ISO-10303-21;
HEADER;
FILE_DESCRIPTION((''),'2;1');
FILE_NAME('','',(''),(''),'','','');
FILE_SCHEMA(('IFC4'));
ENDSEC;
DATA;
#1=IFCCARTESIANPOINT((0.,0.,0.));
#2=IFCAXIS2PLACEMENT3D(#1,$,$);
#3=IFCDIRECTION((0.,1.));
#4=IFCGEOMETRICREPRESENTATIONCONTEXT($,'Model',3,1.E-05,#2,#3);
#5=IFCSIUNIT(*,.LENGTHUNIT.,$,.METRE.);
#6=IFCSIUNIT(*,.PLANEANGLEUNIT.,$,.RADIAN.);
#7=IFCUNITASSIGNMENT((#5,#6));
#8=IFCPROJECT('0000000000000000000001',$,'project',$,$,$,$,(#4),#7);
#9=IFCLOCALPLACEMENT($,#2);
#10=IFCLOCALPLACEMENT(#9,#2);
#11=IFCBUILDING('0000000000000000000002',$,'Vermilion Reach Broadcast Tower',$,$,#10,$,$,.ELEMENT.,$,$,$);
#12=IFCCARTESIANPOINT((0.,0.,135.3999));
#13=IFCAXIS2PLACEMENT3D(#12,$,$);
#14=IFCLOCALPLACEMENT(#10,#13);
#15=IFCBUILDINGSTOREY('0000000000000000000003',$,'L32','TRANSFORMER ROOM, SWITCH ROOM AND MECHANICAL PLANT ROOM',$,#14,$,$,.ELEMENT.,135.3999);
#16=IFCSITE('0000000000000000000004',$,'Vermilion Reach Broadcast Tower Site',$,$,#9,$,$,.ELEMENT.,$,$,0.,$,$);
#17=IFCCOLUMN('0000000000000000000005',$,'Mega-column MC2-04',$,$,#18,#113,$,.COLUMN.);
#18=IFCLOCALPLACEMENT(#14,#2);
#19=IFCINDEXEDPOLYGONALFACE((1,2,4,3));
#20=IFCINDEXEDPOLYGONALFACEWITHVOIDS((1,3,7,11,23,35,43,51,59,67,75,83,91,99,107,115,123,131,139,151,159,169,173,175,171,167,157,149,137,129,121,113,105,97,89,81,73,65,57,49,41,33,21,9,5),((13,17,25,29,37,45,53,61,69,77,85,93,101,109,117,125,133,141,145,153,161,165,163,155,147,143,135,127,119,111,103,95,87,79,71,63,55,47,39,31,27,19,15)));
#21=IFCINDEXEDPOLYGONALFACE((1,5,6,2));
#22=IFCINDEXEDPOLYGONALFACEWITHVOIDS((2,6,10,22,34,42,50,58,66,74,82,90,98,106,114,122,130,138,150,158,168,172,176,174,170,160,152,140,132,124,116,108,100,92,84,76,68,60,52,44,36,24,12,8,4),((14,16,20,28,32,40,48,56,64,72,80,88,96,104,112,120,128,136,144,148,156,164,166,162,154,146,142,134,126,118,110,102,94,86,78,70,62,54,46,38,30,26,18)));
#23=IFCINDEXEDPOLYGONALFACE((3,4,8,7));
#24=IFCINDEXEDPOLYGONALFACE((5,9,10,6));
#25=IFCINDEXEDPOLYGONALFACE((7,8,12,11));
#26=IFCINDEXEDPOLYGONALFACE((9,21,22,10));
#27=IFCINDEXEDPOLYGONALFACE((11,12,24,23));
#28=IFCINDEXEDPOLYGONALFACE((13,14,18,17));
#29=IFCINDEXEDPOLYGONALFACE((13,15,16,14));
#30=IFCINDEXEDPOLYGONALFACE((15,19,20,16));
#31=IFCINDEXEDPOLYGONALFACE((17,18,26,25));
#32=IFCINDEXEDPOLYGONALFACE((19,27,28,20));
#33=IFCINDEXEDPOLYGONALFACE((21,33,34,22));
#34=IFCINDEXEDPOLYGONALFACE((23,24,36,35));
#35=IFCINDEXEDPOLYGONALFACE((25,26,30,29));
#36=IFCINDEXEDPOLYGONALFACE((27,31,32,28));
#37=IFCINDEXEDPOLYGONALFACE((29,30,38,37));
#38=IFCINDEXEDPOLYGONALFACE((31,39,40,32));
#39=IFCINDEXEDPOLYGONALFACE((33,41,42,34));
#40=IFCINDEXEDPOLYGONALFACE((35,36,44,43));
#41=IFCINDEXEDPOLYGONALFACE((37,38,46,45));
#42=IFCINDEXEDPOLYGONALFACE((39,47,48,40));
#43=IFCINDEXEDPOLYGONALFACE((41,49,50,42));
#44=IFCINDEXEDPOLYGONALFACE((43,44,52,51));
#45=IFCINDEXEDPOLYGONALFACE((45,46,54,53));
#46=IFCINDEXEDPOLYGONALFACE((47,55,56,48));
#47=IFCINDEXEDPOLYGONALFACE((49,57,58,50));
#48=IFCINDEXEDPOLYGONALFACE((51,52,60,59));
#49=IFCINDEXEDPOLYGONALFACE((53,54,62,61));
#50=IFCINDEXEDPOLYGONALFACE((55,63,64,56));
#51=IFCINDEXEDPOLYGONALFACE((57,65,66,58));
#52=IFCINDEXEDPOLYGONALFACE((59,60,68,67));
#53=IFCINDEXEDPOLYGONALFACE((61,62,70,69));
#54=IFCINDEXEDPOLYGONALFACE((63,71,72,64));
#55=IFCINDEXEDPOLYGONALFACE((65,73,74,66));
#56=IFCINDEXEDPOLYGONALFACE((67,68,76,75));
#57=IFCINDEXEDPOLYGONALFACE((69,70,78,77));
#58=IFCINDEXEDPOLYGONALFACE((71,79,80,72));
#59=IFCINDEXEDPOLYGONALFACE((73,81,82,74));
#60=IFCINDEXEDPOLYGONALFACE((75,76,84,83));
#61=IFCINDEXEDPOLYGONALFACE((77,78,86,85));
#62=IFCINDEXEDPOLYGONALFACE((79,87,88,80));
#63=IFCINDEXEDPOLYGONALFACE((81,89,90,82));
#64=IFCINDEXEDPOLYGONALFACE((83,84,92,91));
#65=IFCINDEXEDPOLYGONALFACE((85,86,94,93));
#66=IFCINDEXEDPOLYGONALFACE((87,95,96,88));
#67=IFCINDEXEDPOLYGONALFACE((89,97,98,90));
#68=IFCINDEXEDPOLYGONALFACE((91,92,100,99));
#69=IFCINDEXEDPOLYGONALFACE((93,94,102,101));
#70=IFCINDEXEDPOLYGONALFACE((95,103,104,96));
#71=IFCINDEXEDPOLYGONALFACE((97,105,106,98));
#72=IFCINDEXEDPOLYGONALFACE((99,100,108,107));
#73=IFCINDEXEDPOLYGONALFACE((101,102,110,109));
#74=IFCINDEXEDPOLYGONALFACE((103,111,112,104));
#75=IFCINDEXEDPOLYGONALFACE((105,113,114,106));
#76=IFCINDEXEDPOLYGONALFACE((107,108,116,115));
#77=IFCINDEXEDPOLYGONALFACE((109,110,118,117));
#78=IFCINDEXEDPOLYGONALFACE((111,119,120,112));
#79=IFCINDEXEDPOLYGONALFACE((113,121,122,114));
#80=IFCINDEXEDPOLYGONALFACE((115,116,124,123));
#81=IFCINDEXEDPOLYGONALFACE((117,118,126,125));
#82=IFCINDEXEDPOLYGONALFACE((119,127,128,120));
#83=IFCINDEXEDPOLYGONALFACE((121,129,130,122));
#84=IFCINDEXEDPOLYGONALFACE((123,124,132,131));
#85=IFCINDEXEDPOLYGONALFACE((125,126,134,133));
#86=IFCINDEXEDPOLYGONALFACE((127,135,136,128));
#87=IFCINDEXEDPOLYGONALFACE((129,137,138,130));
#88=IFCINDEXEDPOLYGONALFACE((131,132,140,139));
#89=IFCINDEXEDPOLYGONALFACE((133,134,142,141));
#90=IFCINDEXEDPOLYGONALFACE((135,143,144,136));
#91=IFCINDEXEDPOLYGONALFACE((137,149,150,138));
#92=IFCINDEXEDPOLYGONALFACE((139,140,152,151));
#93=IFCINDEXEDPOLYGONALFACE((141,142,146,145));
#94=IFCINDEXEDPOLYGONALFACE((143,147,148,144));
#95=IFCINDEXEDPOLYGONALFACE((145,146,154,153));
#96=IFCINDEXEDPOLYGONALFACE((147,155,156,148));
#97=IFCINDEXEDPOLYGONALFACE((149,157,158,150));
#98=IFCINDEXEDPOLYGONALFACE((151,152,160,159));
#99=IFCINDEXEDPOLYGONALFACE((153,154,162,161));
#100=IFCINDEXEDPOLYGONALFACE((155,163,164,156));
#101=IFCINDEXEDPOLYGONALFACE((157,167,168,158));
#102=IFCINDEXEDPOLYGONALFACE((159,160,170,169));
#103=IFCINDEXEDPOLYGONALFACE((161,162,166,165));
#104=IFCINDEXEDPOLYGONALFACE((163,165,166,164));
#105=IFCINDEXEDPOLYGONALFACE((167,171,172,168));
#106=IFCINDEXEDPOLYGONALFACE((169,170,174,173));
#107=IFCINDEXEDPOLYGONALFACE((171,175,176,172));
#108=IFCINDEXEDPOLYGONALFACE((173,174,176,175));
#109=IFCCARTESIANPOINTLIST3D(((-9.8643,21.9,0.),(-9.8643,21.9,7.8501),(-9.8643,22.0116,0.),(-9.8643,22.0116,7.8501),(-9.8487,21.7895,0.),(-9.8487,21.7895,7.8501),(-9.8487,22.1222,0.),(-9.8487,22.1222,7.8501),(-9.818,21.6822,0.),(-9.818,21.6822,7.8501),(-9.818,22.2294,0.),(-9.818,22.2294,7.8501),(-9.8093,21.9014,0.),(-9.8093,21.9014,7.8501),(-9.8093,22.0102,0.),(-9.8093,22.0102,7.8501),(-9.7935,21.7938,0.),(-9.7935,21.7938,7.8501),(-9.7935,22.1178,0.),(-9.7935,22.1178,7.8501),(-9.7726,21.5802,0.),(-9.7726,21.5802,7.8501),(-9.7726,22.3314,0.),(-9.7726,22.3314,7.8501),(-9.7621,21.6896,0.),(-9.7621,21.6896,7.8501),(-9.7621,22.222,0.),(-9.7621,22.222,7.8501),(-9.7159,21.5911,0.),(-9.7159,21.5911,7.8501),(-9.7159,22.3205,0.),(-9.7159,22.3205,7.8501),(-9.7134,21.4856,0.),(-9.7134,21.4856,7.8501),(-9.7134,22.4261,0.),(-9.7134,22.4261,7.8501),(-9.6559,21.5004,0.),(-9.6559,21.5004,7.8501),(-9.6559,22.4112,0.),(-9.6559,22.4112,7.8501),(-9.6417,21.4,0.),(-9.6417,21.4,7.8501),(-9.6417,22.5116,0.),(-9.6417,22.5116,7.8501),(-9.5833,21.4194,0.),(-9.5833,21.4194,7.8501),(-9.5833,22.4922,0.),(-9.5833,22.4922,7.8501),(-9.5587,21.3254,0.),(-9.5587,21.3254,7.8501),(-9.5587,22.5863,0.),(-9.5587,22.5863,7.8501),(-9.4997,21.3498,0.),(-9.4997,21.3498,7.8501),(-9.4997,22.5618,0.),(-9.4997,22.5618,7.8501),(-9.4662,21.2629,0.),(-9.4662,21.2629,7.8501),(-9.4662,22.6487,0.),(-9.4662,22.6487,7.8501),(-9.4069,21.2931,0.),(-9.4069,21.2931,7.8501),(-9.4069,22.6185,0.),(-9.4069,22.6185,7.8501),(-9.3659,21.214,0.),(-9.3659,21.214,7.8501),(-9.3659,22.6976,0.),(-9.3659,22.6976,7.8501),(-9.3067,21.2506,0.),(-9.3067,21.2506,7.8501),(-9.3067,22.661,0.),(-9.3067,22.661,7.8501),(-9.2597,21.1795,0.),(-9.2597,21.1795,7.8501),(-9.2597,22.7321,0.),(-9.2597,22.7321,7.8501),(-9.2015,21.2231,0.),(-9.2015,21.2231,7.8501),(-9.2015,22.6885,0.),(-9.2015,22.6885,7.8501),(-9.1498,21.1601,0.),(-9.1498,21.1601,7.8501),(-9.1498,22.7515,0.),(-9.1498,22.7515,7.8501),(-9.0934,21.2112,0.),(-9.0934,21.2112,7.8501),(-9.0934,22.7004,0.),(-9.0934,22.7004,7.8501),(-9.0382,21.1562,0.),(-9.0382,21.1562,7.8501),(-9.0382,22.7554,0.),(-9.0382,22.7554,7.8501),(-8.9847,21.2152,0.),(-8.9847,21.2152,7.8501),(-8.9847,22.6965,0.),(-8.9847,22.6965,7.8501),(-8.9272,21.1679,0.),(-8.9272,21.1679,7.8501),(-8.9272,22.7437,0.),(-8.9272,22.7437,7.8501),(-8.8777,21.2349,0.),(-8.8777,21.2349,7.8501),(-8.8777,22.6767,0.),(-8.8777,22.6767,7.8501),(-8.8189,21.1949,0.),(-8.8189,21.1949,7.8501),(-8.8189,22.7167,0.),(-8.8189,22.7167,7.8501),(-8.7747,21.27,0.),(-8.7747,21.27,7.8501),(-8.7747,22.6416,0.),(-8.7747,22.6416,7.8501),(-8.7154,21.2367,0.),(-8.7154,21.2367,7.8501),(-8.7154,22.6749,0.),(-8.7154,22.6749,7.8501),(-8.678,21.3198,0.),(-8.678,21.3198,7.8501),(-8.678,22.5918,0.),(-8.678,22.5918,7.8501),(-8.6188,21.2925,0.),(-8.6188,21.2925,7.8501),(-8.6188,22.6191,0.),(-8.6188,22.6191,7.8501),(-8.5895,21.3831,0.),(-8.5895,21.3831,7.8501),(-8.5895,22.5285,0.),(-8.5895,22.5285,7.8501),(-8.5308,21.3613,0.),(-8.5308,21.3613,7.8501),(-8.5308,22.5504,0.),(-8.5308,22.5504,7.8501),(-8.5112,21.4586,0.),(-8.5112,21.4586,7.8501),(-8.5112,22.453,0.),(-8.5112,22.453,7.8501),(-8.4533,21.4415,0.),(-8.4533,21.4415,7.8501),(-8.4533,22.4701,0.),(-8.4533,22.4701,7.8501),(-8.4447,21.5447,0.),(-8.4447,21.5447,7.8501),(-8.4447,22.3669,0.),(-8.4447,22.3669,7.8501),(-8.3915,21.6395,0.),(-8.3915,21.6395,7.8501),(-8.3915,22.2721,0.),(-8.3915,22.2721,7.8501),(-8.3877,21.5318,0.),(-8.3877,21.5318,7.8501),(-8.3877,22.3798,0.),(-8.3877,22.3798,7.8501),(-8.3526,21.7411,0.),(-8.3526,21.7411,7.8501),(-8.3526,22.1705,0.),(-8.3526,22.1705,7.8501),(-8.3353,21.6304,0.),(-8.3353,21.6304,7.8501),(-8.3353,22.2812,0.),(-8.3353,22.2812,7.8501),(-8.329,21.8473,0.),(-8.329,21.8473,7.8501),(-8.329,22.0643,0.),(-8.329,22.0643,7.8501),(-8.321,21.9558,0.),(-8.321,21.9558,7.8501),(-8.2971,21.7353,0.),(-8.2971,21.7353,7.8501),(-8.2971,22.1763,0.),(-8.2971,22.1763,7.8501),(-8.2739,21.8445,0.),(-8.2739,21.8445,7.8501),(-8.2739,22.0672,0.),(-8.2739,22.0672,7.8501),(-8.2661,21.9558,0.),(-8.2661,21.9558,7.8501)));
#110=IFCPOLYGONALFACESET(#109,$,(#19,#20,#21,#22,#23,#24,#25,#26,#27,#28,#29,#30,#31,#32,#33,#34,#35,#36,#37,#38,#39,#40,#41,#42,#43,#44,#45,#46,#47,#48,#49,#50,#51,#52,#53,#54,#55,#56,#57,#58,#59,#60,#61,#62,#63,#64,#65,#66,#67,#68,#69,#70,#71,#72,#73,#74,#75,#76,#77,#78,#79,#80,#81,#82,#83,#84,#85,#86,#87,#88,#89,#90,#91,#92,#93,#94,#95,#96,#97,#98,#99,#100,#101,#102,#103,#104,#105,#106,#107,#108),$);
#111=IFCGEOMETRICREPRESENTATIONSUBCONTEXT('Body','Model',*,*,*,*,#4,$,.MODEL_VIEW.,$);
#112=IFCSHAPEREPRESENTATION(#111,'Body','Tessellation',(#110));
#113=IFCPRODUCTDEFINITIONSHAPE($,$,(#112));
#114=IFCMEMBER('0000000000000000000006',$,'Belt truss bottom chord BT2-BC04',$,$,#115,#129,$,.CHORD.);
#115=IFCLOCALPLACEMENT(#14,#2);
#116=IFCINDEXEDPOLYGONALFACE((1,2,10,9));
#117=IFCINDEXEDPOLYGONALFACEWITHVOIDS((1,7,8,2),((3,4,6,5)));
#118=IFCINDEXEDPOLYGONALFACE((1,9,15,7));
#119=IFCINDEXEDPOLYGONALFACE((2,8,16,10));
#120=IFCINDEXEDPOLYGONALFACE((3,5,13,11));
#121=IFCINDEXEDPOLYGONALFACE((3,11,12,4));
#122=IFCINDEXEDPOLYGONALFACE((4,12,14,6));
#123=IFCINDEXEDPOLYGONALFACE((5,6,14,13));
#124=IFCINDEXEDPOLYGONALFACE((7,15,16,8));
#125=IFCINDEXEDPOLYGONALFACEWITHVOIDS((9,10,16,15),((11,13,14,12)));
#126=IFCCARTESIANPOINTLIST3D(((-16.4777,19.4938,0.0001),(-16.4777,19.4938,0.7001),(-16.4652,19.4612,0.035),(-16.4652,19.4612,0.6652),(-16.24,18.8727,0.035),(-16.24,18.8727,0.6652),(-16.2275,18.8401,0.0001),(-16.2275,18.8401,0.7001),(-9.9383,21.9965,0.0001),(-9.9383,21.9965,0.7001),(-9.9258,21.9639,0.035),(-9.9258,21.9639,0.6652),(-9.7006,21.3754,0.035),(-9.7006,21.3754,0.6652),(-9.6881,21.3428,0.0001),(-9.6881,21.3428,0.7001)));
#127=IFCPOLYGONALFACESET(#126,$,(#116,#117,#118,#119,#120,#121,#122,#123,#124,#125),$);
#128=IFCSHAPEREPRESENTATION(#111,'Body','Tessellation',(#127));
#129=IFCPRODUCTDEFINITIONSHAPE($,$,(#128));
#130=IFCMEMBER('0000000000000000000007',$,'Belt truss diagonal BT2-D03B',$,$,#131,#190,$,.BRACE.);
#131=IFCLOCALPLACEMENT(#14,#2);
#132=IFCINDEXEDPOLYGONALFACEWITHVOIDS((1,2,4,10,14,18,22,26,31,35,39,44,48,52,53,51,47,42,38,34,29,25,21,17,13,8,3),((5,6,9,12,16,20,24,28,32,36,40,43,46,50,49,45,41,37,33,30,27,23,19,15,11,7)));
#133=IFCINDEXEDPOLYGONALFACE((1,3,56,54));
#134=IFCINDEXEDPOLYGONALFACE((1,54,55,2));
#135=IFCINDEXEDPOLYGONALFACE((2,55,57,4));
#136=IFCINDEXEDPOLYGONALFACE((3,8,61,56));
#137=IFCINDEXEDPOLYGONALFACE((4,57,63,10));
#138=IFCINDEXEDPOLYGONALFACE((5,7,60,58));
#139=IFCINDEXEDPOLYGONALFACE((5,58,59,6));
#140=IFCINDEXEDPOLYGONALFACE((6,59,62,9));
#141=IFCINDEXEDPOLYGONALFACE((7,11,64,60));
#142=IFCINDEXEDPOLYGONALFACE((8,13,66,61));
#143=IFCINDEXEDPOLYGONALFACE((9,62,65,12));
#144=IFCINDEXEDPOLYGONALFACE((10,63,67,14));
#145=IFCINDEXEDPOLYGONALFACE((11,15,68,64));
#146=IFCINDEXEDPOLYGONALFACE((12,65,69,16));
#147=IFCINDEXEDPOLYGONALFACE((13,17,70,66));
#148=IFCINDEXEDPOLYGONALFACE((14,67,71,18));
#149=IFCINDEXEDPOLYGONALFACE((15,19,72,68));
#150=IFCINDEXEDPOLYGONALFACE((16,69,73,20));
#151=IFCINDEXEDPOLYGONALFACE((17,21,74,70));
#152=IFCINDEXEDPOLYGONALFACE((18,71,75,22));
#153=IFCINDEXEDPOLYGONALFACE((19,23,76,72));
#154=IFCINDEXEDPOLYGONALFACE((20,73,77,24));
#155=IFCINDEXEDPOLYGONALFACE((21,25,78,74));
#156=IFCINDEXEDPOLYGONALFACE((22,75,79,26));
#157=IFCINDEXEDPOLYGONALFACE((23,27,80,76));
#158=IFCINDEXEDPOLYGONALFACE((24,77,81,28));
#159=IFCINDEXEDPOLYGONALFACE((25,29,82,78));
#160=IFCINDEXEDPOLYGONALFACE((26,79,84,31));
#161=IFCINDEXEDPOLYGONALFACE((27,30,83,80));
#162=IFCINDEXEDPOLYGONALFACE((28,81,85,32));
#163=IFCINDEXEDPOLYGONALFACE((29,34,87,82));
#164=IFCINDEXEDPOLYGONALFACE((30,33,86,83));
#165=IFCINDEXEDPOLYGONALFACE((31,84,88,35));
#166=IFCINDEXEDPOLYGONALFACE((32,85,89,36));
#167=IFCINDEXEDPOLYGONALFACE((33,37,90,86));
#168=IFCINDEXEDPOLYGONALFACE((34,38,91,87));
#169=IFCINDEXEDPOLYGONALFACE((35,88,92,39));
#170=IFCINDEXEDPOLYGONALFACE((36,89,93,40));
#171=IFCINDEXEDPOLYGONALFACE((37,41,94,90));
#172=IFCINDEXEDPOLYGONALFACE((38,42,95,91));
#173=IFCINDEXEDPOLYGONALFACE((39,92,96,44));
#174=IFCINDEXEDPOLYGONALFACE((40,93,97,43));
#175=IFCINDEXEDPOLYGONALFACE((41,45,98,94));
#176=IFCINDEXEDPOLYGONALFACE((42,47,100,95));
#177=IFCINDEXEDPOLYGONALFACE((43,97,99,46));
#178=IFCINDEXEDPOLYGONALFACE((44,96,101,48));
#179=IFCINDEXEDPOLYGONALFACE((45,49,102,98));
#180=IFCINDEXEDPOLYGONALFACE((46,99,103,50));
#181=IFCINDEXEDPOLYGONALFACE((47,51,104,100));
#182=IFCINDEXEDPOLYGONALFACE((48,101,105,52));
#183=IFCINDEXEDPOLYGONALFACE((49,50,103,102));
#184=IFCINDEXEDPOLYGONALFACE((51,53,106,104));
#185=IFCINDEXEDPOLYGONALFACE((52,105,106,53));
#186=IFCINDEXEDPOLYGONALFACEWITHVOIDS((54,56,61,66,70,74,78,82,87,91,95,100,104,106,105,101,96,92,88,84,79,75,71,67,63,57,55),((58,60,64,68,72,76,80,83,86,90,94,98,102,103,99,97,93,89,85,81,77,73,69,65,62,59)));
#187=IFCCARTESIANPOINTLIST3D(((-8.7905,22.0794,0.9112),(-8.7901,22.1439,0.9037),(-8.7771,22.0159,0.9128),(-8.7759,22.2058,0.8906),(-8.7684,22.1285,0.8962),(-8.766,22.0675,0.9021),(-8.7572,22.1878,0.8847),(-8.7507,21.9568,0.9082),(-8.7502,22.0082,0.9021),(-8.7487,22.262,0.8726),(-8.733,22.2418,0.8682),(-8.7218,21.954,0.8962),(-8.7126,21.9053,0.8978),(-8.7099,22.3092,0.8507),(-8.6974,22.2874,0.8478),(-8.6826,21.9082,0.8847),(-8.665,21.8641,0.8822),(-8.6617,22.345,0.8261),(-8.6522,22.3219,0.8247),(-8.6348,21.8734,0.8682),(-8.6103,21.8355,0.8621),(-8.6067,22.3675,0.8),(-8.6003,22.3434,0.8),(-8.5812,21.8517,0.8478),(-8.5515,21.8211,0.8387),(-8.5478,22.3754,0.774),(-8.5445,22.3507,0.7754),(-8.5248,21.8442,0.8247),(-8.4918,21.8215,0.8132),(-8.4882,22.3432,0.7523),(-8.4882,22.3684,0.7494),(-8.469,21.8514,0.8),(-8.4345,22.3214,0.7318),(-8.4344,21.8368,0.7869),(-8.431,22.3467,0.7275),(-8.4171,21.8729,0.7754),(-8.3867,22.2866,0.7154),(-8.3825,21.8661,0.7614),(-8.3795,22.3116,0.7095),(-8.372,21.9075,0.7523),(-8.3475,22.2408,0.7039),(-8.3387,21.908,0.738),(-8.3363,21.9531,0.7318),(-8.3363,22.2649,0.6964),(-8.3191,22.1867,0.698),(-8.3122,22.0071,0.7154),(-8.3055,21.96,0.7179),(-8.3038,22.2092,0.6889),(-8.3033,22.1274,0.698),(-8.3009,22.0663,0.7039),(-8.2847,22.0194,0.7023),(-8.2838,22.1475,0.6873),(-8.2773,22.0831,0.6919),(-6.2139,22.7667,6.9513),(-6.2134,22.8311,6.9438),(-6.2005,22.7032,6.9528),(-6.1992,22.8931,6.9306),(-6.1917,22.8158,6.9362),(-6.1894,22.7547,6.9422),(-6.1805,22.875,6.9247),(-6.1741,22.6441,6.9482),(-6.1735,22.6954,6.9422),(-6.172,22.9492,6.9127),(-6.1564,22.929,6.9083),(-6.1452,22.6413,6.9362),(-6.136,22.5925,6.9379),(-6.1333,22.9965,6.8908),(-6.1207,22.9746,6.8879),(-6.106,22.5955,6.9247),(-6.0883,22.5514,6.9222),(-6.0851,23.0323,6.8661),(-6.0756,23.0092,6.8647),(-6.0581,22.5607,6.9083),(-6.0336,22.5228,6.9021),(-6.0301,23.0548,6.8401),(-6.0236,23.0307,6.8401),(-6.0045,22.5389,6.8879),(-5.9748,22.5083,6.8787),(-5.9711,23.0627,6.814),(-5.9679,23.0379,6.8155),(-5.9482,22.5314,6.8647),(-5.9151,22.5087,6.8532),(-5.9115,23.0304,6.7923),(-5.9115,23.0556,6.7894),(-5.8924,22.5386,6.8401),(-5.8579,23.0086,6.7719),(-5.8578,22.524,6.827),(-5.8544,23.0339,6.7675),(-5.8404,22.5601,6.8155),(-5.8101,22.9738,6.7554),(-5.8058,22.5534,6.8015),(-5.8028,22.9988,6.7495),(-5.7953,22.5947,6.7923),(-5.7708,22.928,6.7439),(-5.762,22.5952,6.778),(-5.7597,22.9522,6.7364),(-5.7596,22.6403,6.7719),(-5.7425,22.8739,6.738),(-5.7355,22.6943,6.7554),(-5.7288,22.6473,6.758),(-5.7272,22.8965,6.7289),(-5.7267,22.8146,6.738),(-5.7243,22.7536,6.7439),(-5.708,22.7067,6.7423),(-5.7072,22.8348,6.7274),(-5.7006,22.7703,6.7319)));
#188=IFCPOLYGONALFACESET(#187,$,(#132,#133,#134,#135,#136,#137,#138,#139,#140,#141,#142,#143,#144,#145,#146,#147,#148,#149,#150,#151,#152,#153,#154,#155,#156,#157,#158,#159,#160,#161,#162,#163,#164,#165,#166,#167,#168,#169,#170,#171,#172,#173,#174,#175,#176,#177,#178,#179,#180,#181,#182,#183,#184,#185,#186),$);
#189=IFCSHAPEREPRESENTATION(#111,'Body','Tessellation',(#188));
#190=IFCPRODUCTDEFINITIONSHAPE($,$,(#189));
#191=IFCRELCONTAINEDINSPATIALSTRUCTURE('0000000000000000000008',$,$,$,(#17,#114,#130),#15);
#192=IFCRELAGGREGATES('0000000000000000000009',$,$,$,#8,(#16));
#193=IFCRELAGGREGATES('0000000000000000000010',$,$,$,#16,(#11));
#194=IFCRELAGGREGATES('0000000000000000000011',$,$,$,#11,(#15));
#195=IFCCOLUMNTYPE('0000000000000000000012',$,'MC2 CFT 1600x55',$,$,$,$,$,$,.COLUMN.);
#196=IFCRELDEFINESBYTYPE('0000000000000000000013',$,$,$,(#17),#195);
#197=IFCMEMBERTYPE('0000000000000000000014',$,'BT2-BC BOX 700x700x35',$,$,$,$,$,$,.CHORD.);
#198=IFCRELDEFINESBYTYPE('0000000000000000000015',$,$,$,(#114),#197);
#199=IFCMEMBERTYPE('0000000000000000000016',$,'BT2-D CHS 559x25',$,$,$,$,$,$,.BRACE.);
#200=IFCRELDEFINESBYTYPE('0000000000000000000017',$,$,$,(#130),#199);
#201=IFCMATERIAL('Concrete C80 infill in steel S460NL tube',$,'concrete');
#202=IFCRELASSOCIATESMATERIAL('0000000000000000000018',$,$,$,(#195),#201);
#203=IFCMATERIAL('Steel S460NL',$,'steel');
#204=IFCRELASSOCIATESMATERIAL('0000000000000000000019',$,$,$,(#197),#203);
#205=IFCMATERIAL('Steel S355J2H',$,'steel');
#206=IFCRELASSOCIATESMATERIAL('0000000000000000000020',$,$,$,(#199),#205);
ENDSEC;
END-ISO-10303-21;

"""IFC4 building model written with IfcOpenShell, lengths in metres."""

from ifc_helpers import new_model, si_unit, direction, frame, origin, origin_2d, place, context, subcontext, project, spatial, hollow_rectangle, hollow_circle, extrude, material, material_profile, profile_set, type_object, element, save


model = new_model("IFC4")

# Units and contexts
model_context = context("Model", 3, precision=1e-05, world=origin(), true_north=direction((0.0, 1.0)))
body_context = subcontext(model_context, "Body", "Model", "MODEL_VIEW")
ifc_project = project(units=[si_unit("LENGTHUNIT", "METRE"), si_unit("PLANEANGLEUNIT", "RADIAN")], contexts=[model_context])

# Site, building, storey
site_placement = place(None, origin())
site = spatial("IfcSite", under=ifc_project, at=site_placement, Name="Vermilion Reach Broadcast Tower Site", CompositionType="ELEMENT", RefElevation=0.0)
building_placement = place(site_placement, origin())
building = spatial("IfcBuilding", under=site, at=building_placement, Name="Vermilion Reach Broadcast Tower", CompositionType="ELEMENT")
storey_placement = place(building_placement, frame((0.0, 0.0, 135.3999)))
storey = spatial("IfcBuildingStorey", under=building, at=storey_placement, Name="L32", Description="TRANSFORMER ROOM, SWITCH ROOM AND MECHANICAL PLANT ROOM", CompositionType="ELEMENT", Elevation=135.3999)

# Column
ifc_material_1 = material(Name="Concrete C80 infill in steel S460NL tube", Category="concrete")
ifc_material_profile_1 = material_profile(ifc_material_1, hollow_circle(Radius=0.8, WallThickness=0.0549, at=origin_2d()), Name="Concrete C80 infill in steel S460NL tube CFT 1600x55")
ifc_profile_set_1 = profile_set([ifc_material_profile_1], Name="Concrete C80 infill in steel S460NL tube")
column_type = type_object("IfcColumnType", Name="MC2 CFT 1600x55", PredefinedType="COLUMN", material=ifc_profile_set_1)
column_placement = place(storey_placement, frame((-9.0662, 21.9558, 0.0), z_axis=(0.0, 0.0, 1.0), x_axis=(1.0, 0.0, 0.0)))
element("IfcColumn", 1, at=column_placement, inside=storey, type_object=column_type, Name="Mega-column MC2-04", PredefinedType="COLUMN", context=body_context, shape_type="SweptSolid", body=[
    extrude(hollow_circle(Radius=0.8, WallThickness=0.0549, at=origin_2d()), origin(), (0.0, 0.0, 1.0), 7.8501),
])

# Members
ifc_material_2 = material(Name="Steel S460NL", Category="steel")
ifc_material_profile_2 = material_profile(ifc_material_2, hollow_rectangle(XDim=0.7, YDim=0.7, WallThickness=0.0349, at=origin_2d()), Name="S460NL BOX 700x700x35")
ifc_profile_set_2 = profile_set([ifc_material_profile_2], Name="Steel S460NL")
member_type_1 = type_object("IfcMemberType", Name="BT2-BC BOX 700x700x35", PredefinedType="CHORD", material=ifc_profile_set_2)
member_1_placement = place(storey_placement, frame((-9.8132, 21.6697, 0.3501), z_axis=(-0.933939, -0.357432, 0.0), x_axis=(0.357432, -0.933939, 0.0)))
element("IfcMember", 2, at=member_1_placement, inside=storey, type_object=member_type_1, Name="Belt truss bottom chord BT2-BC04", PredefinedType="CHORD", context=body_context, shape_type="SweptSolid", body=[
    extrude(hollow_rectangle(XDim=0.7, YDim=0.7, WallThickness=0.0349, at=origin_2d()), origin(), (0.0, 0.0, 1.0), 7.002),
])
ifc_material_3 = material(Name="Steel S355J2H", Category="steel")
ifc_material_profile_3 = material_profile(ifc_material_3, hollow_circle(Radius=0.2795, WallThickness=0.0249, at=origin_2d()), Name="S355J2H CHS 559x25")
ifc_profile_set_3 = profile_set([ifc_material_profile_3], Name="Steel S355J2H")
member_type_2 = type_object("IfcMemberType", Name="BT2-D CHS 559x25", PredefinedType="BRACE", material=ifc_profile_set_3)
member_2_placement = place(storey_placement, frame((-8.5347, 22.0974, 0.8), z_axis=(0.390253, 0.10409, 0.914805), x_axis=(-0.257714, 0.966221, 0.0)))
element("IfcMember", 3, at=member_2_placement, inside=storey, type_object=member_type_2, Name="Belt truss diagonal BT2-D03B", PredefinedType="BRACE", context=body_context, shape_type="SweptSolid", body=[
    extrude(hollow_circle(Radius=0.2795, WallThickness=0.0249, at=origin_2d()), origin(), (0.0, 0.0, 1.0), 6.6025),
])

save(model, "model.ifc")
